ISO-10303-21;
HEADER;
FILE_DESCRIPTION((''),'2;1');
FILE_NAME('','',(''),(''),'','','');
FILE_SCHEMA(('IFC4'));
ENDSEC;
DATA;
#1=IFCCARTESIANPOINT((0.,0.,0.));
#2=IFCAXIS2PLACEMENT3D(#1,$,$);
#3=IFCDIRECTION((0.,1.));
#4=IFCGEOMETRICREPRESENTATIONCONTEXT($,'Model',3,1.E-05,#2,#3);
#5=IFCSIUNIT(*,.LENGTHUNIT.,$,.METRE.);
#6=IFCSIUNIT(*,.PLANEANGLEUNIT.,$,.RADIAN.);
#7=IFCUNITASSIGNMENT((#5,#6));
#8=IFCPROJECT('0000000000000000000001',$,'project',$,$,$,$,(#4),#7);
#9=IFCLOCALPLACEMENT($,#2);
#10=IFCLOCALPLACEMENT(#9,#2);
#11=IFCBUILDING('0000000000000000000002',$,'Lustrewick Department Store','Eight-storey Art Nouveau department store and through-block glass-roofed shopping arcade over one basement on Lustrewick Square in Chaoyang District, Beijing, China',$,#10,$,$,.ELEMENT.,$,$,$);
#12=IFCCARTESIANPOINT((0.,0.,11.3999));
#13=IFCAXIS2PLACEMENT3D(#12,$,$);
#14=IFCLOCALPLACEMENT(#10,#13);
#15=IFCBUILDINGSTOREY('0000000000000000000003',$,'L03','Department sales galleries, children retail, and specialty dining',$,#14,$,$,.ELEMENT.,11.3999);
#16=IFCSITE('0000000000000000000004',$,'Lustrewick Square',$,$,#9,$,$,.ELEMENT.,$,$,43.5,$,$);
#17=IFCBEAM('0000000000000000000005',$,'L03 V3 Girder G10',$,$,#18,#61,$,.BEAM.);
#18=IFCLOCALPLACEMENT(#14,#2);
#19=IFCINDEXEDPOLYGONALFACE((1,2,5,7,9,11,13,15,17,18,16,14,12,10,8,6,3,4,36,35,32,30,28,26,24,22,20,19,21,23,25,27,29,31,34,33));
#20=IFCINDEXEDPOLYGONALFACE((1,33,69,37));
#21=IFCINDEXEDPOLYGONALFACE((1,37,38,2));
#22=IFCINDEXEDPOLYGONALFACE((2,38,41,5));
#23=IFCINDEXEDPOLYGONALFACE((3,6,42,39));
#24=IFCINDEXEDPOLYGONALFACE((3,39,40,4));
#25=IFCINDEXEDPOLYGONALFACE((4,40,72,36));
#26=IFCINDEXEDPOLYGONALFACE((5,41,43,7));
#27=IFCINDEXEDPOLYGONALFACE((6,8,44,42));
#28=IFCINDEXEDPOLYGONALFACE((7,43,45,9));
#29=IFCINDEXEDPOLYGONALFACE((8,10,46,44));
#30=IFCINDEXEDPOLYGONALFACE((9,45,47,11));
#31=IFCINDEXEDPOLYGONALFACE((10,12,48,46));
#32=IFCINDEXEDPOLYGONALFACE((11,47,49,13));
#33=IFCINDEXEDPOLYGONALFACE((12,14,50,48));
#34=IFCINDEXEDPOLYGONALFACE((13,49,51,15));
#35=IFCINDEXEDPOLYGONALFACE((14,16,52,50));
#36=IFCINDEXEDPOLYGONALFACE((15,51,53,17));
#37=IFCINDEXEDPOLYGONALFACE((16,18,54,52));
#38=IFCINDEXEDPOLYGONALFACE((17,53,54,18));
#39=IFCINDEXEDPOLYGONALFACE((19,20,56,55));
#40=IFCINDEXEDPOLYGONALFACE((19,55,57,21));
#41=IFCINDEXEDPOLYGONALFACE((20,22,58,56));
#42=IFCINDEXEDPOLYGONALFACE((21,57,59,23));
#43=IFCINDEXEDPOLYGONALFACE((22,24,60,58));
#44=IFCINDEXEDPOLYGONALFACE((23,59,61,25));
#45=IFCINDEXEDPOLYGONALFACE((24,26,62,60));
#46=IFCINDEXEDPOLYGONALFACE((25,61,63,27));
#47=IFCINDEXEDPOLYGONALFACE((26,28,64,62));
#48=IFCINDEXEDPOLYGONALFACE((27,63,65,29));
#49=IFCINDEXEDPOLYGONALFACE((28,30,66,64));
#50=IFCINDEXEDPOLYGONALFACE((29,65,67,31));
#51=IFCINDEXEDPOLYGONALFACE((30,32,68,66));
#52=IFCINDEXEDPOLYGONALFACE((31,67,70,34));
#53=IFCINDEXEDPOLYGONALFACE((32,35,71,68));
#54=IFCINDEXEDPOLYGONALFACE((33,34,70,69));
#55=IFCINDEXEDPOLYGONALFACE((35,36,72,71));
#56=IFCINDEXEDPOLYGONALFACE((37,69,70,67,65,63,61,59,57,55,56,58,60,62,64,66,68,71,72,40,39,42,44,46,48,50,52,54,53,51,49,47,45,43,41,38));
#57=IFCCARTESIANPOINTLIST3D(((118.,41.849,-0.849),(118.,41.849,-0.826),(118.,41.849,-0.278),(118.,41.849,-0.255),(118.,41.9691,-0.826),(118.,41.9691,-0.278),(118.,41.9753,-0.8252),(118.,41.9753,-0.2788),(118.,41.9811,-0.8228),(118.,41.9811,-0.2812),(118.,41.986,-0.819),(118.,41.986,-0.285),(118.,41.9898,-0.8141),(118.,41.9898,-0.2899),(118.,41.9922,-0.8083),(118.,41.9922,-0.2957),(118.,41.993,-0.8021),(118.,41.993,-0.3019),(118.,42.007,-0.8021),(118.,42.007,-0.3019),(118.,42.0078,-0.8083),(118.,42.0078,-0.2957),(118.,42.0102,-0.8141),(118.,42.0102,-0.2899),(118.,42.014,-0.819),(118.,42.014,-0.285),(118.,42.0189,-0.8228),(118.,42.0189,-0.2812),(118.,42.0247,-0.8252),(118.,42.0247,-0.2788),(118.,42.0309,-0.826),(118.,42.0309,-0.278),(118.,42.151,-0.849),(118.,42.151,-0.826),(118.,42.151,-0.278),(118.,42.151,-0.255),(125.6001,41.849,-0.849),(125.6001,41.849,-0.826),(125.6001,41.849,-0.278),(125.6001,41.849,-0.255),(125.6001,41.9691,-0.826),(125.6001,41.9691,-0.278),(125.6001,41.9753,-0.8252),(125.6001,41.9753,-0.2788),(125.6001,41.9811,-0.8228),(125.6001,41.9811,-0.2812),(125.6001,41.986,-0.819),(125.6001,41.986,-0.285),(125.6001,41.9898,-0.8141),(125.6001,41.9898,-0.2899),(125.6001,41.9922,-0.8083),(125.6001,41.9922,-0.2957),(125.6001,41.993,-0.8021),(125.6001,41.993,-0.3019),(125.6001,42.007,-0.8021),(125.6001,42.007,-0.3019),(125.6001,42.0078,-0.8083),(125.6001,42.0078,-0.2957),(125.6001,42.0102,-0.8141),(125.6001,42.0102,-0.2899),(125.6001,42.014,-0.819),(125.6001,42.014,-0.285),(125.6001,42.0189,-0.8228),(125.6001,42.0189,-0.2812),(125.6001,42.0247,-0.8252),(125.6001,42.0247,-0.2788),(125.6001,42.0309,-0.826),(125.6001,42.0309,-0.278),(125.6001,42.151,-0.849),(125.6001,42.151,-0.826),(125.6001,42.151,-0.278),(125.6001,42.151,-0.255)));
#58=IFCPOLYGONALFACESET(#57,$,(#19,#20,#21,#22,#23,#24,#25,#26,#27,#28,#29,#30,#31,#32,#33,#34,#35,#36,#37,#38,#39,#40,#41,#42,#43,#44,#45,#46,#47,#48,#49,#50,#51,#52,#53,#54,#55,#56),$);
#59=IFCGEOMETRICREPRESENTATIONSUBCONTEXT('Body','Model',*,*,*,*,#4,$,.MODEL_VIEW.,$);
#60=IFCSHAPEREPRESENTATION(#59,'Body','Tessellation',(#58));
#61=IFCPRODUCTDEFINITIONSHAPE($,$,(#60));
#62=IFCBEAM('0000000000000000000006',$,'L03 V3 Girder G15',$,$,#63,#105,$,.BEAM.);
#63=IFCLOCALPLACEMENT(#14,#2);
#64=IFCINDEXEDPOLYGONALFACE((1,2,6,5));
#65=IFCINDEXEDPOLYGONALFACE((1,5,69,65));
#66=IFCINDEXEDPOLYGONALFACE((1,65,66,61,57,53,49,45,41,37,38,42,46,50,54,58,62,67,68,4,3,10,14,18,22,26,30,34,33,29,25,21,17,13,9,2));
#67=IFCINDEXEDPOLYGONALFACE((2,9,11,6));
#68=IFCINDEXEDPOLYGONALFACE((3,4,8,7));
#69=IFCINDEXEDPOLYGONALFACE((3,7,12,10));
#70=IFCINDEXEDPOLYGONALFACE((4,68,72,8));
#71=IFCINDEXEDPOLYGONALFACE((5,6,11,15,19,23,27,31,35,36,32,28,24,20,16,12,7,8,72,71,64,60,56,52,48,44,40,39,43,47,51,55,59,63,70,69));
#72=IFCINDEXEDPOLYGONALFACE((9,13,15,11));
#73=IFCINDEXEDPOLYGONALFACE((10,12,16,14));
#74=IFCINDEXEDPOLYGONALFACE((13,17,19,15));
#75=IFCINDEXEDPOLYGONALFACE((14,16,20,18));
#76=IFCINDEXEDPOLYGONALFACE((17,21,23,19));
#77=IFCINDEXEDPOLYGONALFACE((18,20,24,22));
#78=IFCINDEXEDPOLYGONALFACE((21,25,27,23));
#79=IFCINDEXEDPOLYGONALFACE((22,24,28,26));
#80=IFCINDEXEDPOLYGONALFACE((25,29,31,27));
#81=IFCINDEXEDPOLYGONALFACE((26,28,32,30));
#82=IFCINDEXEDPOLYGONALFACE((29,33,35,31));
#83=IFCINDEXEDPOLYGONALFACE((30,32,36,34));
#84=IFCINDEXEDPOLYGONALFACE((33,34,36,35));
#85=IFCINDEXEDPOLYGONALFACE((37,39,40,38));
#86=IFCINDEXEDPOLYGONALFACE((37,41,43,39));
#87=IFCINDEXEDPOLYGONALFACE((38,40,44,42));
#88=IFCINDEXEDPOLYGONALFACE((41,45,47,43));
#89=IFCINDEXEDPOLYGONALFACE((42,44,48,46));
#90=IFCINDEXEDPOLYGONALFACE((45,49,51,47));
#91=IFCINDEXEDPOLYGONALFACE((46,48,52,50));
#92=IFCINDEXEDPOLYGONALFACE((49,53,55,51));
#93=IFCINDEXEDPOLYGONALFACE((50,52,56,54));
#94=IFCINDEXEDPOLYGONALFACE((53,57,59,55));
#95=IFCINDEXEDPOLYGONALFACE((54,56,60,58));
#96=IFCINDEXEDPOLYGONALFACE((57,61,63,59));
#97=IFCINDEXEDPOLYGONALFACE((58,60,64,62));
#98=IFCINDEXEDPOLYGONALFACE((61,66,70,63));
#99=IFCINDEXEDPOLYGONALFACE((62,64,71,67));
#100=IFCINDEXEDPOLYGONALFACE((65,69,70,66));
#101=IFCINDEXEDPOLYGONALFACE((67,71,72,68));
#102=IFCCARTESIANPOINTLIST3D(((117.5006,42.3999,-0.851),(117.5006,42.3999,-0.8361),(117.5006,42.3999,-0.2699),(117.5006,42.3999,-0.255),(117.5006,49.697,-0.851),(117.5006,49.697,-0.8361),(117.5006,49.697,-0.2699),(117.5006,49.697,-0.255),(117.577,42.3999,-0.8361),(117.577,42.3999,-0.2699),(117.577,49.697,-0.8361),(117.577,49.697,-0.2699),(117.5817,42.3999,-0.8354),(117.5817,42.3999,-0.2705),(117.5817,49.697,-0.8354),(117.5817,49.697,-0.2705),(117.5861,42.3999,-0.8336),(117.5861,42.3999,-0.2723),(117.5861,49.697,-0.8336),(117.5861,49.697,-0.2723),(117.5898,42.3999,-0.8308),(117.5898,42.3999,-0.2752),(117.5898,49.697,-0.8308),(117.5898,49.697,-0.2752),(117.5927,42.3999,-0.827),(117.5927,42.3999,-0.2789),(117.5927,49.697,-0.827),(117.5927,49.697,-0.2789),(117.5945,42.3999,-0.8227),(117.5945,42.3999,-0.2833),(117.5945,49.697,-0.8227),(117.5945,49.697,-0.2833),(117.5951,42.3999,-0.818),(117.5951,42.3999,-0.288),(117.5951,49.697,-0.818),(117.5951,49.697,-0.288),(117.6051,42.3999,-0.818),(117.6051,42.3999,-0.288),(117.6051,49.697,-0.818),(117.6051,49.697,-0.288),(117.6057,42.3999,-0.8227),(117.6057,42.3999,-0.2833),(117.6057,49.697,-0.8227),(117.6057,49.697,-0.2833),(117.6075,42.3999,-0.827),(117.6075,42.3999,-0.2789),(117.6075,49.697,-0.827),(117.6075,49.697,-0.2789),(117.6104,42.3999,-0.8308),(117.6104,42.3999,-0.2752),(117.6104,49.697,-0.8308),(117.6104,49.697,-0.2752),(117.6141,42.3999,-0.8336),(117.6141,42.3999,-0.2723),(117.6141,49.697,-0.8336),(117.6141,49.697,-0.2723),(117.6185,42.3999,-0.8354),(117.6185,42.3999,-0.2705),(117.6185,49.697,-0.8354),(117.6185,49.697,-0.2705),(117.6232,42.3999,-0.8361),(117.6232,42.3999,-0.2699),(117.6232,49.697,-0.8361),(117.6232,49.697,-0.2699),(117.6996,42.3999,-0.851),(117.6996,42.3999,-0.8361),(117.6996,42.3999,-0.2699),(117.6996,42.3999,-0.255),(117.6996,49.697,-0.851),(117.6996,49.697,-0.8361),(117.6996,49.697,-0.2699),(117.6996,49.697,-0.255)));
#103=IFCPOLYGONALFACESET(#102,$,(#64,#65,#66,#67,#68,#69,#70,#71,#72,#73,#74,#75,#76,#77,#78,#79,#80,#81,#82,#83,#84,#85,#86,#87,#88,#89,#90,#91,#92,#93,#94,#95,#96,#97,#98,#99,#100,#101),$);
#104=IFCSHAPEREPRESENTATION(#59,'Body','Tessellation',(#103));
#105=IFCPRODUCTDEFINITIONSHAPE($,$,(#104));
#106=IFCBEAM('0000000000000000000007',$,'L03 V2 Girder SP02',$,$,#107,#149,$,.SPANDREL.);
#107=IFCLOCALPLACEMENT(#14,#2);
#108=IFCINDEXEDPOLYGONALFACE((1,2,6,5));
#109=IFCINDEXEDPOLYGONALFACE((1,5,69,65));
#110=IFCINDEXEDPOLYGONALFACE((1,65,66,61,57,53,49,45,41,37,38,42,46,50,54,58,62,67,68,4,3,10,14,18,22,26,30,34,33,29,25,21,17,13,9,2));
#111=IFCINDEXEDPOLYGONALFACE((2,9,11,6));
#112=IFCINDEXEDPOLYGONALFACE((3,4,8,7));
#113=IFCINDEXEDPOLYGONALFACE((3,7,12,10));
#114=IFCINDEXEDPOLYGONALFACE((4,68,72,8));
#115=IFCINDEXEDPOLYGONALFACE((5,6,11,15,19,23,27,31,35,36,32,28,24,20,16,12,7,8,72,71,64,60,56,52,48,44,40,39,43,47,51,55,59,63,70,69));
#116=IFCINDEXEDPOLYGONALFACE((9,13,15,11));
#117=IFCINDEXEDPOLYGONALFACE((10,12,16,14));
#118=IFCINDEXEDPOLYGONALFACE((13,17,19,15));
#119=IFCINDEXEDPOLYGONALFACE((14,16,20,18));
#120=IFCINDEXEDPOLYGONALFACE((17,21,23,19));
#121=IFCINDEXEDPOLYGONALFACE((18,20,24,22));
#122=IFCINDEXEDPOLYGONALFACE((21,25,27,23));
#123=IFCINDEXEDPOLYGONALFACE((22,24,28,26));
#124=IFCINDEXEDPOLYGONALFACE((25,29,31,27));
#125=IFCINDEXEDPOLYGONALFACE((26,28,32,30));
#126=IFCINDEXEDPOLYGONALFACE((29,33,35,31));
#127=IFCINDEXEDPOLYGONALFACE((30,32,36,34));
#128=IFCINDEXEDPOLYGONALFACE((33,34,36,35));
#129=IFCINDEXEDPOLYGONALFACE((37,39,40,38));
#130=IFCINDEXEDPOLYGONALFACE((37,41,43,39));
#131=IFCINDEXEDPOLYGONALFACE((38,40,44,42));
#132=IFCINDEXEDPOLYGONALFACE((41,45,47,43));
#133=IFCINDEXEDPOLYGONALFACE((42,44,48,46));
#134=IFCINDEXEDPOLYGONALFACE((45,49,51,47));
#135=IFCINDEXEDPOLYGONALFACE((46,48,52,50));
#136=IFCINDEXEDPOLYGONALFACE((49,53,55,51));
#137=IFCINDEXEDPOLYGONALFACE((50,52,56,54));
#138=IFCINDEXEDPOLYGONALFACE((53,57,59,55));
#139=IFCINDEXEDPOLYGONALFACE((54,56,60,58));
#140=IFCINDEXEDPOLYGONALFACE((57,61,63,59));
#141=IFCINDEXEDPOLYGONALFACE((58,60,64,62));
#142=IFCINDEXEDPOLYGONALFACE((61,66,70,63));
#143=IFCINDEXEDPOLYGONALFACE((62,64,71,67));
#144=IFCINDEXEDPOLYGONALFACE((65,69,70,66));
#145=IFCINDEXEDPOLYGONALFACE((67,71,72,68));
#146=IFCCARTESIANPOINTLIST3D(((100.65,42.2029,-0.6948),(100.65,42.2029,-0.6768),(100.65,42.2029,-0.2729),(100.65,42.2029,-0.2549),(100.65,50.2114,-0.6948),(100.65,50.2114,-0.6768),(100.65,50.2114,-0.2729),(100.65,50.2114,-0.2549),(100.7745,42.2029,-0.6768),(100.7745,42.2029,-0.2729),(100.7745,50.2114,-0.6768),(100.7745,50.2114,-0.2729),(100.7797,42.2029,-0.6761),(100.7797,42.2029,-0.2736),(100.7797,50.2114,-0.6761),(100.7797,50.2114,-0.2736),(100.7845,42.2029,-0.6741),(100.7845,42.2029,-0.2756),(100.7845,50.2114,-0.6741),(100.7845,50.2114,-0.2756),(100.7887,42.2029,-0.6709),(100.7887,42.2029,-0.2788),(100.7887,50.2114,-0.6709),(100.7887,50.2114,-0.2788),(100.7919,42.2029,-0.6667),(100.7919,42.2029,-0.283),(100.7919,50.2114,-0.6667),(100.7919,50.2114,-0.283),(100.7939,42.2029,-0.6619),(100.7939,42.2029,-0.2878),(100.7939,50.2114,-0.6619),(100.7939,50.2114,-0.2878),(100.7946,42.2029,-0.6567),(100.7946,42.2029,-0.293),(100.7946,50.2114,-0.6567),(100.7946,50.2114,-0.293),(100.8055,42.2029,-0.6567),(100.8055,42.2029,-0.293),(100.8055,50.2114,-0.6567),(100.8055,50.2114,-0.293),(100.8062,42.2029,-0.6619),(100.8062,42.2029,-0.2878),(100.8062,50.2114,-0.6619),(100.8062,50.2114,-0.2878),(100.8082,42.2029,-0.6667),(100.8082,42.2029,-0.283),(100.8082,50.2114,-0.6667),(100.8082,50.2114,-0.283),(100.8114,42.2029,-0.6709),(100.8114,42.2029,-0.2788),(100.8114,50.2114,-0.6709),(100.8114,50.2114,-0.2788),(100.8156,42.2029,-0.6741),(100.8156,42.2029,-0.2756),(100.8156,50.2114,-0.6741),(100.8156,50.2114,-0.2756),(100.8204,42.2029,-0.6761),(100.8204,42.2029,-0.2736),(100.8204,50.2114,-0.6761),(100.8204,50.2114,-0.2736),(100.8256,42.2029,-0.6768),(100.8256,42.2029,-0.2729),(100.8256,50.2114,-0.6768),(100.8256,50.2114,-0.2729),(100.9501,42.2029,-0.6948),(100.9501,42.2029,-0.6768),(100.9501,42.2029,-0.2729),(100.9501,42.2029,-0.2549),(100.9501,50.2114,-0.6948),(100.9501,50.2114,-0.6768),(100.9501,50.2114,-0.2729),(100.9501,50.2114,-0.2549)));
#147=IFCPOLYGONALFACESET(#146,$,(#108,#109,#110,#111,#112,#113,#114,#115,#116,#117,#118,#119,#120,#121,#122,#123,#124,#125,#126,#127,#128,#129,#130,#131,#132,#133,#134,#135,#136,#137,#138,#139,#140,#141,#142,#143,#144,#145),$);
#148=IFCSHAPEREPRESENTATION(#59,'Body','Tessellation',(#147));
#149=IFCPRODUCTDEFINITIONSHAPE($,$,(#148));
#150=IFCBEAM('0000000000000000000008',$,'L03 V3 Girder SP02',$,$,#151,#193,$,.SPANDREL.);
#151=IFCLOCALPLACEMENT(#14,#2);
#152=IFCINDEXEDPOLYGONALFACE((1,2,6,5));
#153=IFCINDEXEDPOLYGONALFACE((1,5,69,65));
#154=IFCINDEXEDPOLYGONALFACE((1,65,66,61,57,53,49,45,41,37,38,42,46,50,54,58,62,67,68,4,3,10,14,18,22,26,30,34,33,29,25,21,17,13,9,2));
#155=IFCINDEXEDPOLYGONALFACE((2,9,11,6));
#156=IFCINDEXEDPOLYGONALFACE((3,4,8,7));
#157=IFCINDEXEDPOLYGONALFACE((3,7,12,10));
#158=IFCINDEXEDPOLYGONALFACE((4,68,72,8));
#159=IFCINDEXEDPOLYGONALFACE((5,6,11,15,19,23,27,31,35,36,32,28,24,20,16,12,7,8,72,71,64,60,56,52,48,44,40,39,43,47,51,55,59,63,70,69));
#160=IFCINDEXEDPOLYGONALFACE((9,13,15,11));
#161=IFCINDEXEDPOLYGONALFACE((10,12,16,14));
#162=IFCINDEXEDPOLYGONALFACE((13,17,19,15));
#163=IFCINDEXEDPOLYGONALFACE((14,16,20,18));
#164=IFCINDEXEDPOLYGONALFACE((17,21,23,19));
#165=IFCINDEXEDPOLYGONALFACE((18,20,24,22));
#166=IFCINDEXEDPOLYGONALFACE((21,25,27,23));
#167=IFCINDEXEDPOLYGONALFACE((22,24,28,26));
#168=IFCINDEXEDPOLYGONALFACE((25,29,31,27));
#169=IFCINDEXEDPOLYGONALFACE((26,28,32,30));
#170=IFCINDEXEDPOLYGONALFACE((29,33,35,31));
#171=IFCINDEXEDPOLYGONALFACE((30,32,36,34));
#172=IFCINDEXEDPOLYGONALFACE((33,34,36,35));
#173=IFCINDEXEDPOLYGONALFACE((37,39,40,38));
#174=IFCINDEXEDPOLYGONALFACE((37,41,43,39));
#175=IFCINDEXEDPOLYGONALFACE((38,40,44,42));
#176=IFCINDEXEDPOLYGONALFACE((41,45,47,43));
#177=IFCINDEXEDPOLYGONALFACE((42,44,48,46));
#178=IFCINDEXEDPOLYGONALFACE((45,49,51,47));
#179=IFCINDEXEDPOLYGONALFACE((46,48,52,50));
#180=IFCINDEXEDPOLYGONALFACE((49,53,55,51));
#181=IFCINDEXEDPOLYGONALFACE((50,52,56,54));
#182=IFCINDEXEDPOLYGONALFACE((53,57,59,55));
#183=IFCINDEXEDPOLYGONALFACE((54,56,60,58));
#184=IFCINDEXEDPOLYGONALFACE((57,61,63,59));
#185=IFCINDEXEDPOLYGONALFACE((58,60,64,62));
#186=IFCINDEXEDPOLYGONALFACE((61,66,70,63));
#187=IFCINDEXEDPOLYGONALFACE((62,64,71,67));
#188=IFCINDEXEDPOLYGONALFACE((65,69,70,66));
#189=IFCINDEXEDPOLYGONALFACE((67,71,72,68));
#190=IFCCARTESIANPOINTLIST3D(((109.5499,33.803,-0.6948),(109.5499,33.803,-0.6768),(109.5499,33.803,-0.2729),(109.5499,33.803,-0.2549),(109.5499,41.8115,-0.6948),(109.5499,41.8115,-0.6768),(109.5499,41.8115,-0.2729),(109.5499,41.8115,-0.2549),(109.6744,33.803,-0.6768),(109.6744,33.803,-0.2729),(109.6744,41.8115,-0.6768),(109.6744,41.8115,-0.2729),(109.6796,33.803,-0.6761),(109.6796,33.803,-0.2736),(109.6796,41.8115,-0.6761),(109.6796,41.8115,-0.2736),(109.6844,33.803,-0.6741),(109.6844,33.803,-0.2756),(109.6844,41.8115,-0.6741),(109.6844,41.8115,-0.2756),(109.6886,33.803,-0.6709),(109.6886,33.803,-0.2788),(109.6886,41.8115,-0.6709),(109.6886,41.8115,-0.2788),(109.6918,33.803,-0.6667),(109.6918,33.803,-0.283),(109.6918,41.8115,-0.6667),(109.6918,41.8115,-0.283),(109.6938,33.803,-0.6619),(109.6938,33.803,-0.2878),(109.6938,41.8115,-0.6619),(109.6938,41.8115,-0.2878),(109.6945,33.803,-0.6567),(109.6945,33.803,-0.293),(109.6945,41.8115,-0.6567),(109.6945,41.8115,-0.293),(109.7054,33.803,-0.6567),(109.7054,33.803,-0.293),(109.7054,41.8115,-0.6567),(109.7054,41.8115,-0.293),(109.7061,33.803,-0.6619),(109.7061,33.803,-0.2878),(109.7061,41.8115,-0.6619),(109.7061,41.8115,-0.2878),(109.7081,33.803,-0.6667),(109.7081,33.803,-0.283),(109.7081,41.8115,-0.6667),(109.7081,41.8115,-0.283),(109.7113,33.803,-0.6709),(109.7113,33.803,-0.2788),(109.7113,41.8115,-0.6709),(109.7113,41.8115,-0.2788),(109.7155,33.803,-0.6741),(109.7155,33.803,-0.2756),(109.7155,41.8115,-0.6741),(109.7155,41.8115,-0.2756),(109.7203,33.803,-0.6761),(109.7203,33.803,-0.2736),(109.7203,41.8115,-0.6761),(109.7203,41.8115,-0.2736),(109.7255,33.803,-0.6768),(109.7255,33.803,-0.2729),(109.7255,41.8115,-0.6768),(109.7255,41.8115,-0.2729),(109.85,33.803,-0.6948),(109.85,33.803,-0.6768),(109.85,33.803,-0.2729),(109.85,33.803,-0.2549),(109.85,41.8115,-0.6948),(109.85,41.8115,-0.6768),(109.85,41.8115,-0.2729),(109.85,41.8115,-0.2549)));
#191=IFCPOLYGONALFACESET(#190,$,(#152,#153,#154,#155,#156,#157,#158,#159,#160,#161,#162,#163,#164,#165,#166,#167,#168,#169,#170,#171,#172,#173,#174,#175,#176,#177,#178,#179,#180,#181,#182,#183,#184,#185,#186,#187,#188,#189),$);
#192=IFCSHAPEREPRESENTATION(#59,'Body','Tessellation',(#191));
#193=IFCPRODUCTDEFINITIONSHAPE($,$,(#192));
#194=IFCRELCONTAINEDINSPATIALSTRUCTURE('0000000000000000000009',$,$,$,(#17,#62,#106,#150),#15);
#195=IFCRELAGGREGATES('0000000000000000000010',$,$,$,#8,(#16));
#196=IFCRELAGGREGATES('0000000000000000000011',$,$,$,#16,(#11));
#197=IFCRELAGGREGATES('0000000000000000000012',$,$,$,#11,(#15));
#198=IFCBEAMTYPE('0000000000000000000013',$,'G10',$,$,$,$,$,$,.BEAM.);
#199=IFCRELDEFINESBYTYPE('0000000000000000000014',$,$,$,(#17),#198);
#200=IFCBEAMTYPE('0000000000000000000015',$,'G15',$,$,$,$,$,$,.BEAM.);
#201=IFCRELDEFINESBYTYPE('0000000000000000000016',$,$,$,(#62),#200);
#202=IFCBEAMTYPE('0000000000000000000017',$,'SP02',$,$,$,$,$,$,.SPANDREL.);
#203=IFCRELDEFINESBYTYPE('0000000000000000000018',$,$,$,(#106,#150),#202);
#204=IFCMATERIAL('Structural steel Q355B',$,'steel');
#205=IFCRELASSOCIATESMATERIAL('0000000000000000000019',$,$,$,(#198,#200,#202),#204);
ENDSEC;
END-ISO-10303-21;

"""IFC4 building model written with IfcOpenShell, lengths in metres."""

from ifc_helpers import new_model, si_unit, direction, frame, origin, origin_2d, place, context, subcontext, project, spatial, i_section, extrude, material, material_profile, profile_set, type_object, element, save


model = new_model("IFC4")

# Units and contexts
model_context = context("Model", 3, precision=1e-05, world=origin(), true_north=direction((0.0, 1.0)))
body_context = subcontext(model_context, "Body", "Model", "MODEL_VIEW")
ifc_project = project(units=[si_unit("LENGTHUNIT", "METRE"), si_unit("PLANEANGLEUNIT", "RADIAN")], contexts=[model_context])

# Site, building, storey
site_placement = place(None, origin())
site = spatial("IfcSite", under=ifc_project, at=site_placement, Name="Lustrewick Square", CompositionType="ELEMENT", RefElevation=43.5)
building_placement = place(site_placement, origin())
building = spatial("IfcBuilding", under=site, at=building_placement, Name="Lustrewick Department Store", Description="Eight-storey Art Nouveau department store and through-block glass-roofed shopping arcade over one basement on Lustrewick Square in Chaoyang District, Beijing, China", CompositionType="ELEMENT")
storey_placement = place(building_placement, frame((0.0, 0.0, 11.3999)))
storey = spatial("IfcBuildingStorey", under=building, at=storey_placement, Name="L03", Description="Department sales galleries, children retail, and specialty dining", CompositionType="ELEMENT", Elevation=11.3999)

# Shared definitions
ifc_material_1 = material(Name="Structural steel Q355B", Category="steel")

# Beams
ifc_material_profile_1 = material_profile(ifc_material_1, i_section(OverallWidth=0.302, OverallDepth=0.594, WebThickness=0.0139, FlangeThickness=0.0229, FilletRadius=0.0239, at=origin_2d()), Name="HM 594x302x14x23")
ifc_profile_set_1 = profile_set([ifc_material_profile_1], Name="Structural steel Q355B")
beam_type_1 = type_object("IfcBeamType", Name="G10", PredefinedType="BEAM", material=ifc_profile_set_1)
beam_1_placement = place(storey_placement, frame((118.0, 42.0, -0.552), z_axis=(1.0, 0.0, 0.0), x_axis=(0.0, 1.0, 0.0)))
element("IfcBeam", 1, at=beam_1_placement, inside=storey, type_object=beam_type_1, Name="L03 V3 Girder G10", PredefinedType="BEAM", context=body_context, shape_type="SweptSolid", body=[
    extrude(i_section(OverallWidth=0.302, OverallDepth=0.594, WebThickness=0.0139, FlangeThickness=0.0229, FilletRadius=0.0239, at=origin_2d()), origin(), (0.0, 0.0, 1.0), 7.6001),
])
ifc_material_profile_2 = material_profile(ifc_material_1, i_section(OverallWidth=0.199, OverallDepth=0.5959, WebThickness=0.01, FlangeThickness=0.0149, FilletRadius=0.0181, at=origin_2d()), Name="HN 596x199x10x15")
ifc_profile_set_2 = profile_set([ifc_material_profile_2], Name="Structural steel Q355B")
beam_type_2 = type_object("IfcBeamType", Name="G15", PredefinedType="BEAM", material=ifc_profile_set_2)
beam_2_placement = place(storey_placement, frame((117.6001, 42.3999, -0.553), z_axis=(0.0, 1.0, 0.0), x_axis=(-1.0, 0.0, 0.0)))
element("IfcBeam", 2, at=beam_2_placement, inside=storey, type_object=beam_type_2, Name="L03 V3 Girder G15", PredefinedType="BEAM", context=body_context, shape_type="SweptSolid", body=[
    extrude(i_section(OverallWidth=0.199, OverallDepth=0.5959, WebThickness=0.01, FlangeThickness=0.0149, FilletRadius=0.0181, at=origin_2d()), origin(), (0.0, 0.0, 1.0), 7.2971),
])
ifc_material_profile_3 = material_profile(ifc_material_1, i_section(OverallWidth=0.3, OverallDepth=0.4399, WebThickness=0.011, FlangeThickness=0.0181, FilletRadius=0.02, at=origin_2d()), Name="HM 440x300x11x18")
ifc_profile_set_3 = profile_set([ifc_material_profile_3], Name="Structural steel Q355B")
beam_type_3 = type_object("IfcBeamType", Name="SP02", PredefinedType="SPANDREL", material=ifc_profile_set_3)
for number, where, z_axis, x_axis, name in (
    (3, (100.8, 42.2029, -0.4749), (0.0, 1.0, 0.0), (-1.0, 0.0, 0.0), "L03 V2 Girder SP02"),
    (4, (109.7, 33.803, -0.4749), (0.0, 1.0, 0.0), (-1.0, 0.0, 0.0), "L03 V3 Girder SP02"),
):
    element("IfcBeam", number, at=place(storey_placement, frame(where, z_axis=z_axis, x_axis=x_axis)), inside=storey, type_object=beam_type_3, Name=name, PredefinedType="SPANDREL", context=body_context, shape_type="SweptSolid", body=[
        extrude(i_section(OverallWidth=0.3, OverallDepth=0.4399, WebThickness=0.011, FlangeThickness=0.0181, FilletRadius=0.02, at=origin_2d()), origin(), (0.0, 0.0, 1.0), 8.0085),
    ])

save(model, "model.ifc")
